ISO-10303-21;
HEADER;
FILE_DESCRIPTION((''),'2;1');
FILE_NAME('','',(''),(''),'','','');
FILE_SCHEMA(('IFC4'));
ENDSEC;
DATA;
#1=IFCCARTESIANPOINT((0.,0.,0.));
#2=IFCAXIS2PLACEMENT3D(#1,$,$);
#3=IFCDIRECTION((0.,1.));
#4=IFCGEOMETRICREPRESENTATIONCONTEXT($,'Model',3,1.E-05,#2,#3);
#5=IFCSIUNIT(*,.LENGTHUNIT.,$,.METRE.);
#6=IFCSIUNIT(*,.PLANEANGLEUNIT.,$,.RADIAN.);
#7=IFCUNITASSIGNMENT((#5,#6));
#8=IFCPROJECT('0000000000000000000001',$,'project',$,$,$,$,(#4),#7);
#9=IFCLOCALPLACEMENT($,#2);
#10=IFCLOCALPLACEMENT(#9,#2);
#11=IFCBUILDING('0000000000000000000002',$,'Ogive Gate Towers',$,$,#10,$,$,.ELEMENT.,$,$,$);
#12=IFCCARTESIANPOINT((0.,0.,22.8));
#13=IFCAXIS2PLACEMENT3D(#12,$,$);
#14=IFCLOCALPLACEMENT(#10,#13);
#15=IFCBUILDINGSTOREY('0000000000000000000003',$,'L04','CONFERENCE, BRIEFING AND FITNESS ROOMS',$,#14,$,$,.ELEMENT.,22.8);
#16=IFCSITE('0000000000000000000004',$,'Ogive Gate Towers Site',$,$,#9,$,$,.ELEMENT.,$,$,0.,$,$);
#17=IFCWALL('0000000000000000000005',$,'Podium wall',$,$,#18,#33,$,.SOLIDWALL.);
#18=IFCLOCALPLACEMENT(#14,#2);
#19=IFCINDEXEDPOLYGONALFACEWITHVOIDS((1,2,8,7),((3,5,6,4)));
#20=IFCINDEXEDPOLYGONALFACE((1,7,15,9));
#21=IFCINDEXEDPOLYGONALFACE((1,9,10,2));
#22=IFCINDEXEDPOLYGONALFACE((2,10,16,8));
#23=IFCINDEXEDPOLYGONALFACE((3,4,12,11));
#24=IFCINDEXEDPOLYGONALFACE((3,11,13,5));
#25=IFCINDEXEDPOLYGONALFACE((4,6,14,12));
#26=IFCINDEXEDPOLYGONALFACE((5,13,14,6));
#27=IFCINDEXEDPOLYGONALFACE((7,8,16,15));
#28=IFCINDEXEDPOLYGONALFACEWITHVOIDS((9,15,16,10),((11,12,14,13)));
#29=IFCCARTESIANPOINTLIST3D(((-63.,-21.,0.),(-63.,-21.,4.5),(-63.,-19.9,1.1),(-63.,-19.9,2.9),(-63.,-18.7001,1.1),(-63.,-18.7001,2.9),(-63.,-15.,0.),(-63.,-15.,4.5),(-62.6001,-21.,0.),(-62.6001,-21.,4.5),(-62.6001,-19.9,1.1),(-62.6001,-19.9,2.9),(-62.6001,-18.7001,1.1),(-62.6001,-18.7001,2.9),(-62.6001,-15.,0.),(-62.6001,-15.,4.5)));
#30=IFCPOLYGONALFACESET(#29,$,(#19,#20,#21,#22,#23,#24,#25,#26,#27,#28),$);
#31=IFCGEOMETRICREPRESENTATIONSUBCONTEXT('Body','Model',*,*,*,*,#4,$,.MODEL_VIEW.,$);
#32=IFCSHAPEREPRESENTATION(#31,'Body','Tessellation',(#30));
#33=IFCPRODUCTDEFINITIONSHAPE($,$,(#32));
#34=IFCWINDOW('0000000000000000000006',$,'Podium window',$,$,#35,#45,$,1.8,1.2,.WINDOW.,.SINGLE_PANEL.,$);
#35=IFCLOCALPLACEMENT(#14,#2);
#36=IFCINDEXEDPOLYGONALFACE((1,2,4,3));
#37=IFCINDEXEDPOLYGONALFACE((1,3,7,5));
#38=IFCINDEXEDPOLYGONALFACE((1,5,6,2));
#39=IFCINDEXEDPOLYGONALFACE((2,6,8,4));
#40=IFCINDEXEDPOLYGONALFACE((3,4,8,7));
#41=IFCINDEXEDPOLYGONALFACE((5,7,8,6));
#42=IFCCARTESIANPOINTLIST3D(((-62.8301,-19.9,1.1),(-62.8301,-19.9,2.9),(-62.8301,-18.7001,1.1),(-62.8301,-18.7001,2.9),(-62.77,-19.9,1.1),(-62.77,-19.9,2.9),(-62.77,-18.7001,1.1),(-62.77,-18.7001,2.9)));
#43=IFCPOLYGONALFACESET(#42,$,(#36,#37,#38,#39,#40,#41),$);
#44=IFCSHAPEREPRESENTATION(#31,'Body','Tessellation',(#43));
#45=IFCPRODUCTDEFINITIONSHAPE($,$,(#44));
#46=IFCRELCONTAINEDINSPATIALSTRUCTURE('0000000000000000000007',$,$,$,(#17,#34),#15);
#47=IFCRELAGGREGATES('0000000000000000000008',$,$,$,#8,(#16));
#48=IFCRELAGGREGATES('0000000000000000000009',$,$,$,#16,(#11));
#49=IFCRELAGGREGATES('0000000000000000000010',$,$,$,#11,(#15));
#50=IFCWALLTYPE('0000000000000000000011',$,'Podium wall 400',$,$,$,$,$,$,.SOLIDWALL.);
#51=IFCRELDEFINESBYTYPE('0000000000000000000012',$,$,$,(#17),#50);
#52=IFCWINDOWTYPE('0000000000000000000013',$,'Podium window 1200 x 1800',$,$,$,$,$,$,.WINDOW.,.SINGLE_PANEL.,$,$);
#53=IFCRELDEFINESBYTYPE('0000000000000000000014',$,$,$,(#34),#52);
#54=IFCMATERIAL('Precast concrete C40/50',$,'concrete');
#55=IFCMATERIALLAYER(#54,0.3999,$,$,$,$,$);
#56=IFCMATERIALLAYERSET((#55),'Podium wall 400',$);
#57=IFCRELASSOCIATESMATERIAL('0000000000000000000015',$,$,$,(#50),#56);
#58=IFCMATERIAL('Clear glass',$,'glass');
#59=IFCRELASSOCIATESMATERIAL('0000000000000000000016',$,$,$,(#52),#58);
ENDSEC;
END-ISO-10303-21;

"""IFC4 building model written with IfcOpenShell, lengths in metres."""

from ifc_helpers import new_model, si_unit, direction, frame, frame_2d, origin, place, context, subcontext, project, spatial, rectangle, extrude, material, layer, layer_set, type_object, element, fill, save


model = new_model("IFC4")

# Units and contexts
model_context = context("Model", 3, precision=1e-05, world=origin(), true_north=direction((0.0, 1.0)))
body_context = subcontext(model_context, "Body", "Model", "MODEL_VIEW")
ifc_project = project(units=[si_unit("LENGTHUNIT", "METRE"), si_unit("PLANEANGLEUNIT", "RADIAN")], contexts=[model_context])

# Site, building, storey
site_placement = place(None, origin())
site = spatial("IfcSite", under=ifc_project, at=site_placement, Name="Ogive Gate Towers Site", CompositionType="ELEMENT", RefElevation=0.0)
building_placement = place(site_placement, origin())
building = spatial("IfcBuilding", under=site, at=building_placement, Name="Ogive Gate Towers", CompositionType="ELEMENT")
storey_placement = place(building_placement, frame((0.0, 0.0, 22.8)))
storey = spatial("IfcBuildingStorey", under=building, at=storey_placement, Name="L04", Description="CONFERENCE, BRIEFING AND FITNESS ROOMS", CompositionType="ELEMENT", Elevation=22.8)

# Shared definitions
ifc_material_1 = material(Name="Precast concrete C40/50", Category="concrete")
ifc_layer_1 = layer(ifc_material_1, 0.3999)
ifc_layer_set_1 = layer_set([ifc_layer_1], Name="Podium wall 400")
wall_type_1 = type_object("IfcWallType", Name="Podium wall 400", PredefinedType="SOLIDWALL", material=ifc_layer_set_1)
ifc_material_2 = material(Name="Clear glass", Category="glass")
window_type = type_object("IfcWindowType", Name="Podium window 1200 x 1800", PartitioningType="SINGLE_PANEL", PredefinedType="WINDOW", material=ifc_material_2)

# Wall, opening, window
wall_1_placement = place(storey_placement, frame((-62.8, -15.0, 0.0), z_axis=(0.0, 0.0, 1.0), x_axis=(0.0, -1.0, 0.0)))
wall_1 = element("IfcWall", 1, at=wall_1_placement, inside=storey, type_object=wall_type_1, Name="Podium wall", PredefinedType="SOLIDWALL", context=body_context, shape_type="SweptSolid", body=[
    extrude(rectangle(XDim=6.0, YDim=0.3999, at=frame_2d((3.0, 0.0))), origin(), (0.0, 0.0, 1.0), 4.5),
])
opening_1_placement = place(wall_1_placement, frame((3.7, 0.0, 1.1001)))
opening_1 = element("IfcOpeningElement", 2, at=opening_1_placement, cuts=wall_1, PredefinedType="OPENING", context=body_context, shape_type="SweptSolid", body=[
    extrude(rectangle(XDim=1.2, YDim=1.8, at=frame_2d((0.6001, 0.8999))), frame((0.0, 0.21, 0.0), z_axis=(0.0, -1.0, 0.0), x_axis=(1.0, 0.0, 0.0)), (0.0, 0.0, 1.0), 0.4199),
])
window_1_placement = place(opening_1_placement, origin())
window_1 = element("IfcWindow", 3, at=window_1_placement, inside=storey, type_object=window_type, Name="Podium window", OverallHeight=1.8, OverallWidth=1.2, PartitioningType="SINGLE_PANEL", PredefinedType="WINDOW", context=body_context, shape_type="SweptSolid", body=[
    extrude(rectangle(XDim=1.2, YDim=1.8, at=frame_2d((0.6001, 0.8999))), frame((0.0, 0.03, 0.0), z_axis=(0.0, -1.0, 0.0), x_axis=(1.0, 0.0, 0.0)), (0.0, 0.0, 1.0), 0.0601),
])
fill(opening_1, window_1)

save(model, "model.ifc")
